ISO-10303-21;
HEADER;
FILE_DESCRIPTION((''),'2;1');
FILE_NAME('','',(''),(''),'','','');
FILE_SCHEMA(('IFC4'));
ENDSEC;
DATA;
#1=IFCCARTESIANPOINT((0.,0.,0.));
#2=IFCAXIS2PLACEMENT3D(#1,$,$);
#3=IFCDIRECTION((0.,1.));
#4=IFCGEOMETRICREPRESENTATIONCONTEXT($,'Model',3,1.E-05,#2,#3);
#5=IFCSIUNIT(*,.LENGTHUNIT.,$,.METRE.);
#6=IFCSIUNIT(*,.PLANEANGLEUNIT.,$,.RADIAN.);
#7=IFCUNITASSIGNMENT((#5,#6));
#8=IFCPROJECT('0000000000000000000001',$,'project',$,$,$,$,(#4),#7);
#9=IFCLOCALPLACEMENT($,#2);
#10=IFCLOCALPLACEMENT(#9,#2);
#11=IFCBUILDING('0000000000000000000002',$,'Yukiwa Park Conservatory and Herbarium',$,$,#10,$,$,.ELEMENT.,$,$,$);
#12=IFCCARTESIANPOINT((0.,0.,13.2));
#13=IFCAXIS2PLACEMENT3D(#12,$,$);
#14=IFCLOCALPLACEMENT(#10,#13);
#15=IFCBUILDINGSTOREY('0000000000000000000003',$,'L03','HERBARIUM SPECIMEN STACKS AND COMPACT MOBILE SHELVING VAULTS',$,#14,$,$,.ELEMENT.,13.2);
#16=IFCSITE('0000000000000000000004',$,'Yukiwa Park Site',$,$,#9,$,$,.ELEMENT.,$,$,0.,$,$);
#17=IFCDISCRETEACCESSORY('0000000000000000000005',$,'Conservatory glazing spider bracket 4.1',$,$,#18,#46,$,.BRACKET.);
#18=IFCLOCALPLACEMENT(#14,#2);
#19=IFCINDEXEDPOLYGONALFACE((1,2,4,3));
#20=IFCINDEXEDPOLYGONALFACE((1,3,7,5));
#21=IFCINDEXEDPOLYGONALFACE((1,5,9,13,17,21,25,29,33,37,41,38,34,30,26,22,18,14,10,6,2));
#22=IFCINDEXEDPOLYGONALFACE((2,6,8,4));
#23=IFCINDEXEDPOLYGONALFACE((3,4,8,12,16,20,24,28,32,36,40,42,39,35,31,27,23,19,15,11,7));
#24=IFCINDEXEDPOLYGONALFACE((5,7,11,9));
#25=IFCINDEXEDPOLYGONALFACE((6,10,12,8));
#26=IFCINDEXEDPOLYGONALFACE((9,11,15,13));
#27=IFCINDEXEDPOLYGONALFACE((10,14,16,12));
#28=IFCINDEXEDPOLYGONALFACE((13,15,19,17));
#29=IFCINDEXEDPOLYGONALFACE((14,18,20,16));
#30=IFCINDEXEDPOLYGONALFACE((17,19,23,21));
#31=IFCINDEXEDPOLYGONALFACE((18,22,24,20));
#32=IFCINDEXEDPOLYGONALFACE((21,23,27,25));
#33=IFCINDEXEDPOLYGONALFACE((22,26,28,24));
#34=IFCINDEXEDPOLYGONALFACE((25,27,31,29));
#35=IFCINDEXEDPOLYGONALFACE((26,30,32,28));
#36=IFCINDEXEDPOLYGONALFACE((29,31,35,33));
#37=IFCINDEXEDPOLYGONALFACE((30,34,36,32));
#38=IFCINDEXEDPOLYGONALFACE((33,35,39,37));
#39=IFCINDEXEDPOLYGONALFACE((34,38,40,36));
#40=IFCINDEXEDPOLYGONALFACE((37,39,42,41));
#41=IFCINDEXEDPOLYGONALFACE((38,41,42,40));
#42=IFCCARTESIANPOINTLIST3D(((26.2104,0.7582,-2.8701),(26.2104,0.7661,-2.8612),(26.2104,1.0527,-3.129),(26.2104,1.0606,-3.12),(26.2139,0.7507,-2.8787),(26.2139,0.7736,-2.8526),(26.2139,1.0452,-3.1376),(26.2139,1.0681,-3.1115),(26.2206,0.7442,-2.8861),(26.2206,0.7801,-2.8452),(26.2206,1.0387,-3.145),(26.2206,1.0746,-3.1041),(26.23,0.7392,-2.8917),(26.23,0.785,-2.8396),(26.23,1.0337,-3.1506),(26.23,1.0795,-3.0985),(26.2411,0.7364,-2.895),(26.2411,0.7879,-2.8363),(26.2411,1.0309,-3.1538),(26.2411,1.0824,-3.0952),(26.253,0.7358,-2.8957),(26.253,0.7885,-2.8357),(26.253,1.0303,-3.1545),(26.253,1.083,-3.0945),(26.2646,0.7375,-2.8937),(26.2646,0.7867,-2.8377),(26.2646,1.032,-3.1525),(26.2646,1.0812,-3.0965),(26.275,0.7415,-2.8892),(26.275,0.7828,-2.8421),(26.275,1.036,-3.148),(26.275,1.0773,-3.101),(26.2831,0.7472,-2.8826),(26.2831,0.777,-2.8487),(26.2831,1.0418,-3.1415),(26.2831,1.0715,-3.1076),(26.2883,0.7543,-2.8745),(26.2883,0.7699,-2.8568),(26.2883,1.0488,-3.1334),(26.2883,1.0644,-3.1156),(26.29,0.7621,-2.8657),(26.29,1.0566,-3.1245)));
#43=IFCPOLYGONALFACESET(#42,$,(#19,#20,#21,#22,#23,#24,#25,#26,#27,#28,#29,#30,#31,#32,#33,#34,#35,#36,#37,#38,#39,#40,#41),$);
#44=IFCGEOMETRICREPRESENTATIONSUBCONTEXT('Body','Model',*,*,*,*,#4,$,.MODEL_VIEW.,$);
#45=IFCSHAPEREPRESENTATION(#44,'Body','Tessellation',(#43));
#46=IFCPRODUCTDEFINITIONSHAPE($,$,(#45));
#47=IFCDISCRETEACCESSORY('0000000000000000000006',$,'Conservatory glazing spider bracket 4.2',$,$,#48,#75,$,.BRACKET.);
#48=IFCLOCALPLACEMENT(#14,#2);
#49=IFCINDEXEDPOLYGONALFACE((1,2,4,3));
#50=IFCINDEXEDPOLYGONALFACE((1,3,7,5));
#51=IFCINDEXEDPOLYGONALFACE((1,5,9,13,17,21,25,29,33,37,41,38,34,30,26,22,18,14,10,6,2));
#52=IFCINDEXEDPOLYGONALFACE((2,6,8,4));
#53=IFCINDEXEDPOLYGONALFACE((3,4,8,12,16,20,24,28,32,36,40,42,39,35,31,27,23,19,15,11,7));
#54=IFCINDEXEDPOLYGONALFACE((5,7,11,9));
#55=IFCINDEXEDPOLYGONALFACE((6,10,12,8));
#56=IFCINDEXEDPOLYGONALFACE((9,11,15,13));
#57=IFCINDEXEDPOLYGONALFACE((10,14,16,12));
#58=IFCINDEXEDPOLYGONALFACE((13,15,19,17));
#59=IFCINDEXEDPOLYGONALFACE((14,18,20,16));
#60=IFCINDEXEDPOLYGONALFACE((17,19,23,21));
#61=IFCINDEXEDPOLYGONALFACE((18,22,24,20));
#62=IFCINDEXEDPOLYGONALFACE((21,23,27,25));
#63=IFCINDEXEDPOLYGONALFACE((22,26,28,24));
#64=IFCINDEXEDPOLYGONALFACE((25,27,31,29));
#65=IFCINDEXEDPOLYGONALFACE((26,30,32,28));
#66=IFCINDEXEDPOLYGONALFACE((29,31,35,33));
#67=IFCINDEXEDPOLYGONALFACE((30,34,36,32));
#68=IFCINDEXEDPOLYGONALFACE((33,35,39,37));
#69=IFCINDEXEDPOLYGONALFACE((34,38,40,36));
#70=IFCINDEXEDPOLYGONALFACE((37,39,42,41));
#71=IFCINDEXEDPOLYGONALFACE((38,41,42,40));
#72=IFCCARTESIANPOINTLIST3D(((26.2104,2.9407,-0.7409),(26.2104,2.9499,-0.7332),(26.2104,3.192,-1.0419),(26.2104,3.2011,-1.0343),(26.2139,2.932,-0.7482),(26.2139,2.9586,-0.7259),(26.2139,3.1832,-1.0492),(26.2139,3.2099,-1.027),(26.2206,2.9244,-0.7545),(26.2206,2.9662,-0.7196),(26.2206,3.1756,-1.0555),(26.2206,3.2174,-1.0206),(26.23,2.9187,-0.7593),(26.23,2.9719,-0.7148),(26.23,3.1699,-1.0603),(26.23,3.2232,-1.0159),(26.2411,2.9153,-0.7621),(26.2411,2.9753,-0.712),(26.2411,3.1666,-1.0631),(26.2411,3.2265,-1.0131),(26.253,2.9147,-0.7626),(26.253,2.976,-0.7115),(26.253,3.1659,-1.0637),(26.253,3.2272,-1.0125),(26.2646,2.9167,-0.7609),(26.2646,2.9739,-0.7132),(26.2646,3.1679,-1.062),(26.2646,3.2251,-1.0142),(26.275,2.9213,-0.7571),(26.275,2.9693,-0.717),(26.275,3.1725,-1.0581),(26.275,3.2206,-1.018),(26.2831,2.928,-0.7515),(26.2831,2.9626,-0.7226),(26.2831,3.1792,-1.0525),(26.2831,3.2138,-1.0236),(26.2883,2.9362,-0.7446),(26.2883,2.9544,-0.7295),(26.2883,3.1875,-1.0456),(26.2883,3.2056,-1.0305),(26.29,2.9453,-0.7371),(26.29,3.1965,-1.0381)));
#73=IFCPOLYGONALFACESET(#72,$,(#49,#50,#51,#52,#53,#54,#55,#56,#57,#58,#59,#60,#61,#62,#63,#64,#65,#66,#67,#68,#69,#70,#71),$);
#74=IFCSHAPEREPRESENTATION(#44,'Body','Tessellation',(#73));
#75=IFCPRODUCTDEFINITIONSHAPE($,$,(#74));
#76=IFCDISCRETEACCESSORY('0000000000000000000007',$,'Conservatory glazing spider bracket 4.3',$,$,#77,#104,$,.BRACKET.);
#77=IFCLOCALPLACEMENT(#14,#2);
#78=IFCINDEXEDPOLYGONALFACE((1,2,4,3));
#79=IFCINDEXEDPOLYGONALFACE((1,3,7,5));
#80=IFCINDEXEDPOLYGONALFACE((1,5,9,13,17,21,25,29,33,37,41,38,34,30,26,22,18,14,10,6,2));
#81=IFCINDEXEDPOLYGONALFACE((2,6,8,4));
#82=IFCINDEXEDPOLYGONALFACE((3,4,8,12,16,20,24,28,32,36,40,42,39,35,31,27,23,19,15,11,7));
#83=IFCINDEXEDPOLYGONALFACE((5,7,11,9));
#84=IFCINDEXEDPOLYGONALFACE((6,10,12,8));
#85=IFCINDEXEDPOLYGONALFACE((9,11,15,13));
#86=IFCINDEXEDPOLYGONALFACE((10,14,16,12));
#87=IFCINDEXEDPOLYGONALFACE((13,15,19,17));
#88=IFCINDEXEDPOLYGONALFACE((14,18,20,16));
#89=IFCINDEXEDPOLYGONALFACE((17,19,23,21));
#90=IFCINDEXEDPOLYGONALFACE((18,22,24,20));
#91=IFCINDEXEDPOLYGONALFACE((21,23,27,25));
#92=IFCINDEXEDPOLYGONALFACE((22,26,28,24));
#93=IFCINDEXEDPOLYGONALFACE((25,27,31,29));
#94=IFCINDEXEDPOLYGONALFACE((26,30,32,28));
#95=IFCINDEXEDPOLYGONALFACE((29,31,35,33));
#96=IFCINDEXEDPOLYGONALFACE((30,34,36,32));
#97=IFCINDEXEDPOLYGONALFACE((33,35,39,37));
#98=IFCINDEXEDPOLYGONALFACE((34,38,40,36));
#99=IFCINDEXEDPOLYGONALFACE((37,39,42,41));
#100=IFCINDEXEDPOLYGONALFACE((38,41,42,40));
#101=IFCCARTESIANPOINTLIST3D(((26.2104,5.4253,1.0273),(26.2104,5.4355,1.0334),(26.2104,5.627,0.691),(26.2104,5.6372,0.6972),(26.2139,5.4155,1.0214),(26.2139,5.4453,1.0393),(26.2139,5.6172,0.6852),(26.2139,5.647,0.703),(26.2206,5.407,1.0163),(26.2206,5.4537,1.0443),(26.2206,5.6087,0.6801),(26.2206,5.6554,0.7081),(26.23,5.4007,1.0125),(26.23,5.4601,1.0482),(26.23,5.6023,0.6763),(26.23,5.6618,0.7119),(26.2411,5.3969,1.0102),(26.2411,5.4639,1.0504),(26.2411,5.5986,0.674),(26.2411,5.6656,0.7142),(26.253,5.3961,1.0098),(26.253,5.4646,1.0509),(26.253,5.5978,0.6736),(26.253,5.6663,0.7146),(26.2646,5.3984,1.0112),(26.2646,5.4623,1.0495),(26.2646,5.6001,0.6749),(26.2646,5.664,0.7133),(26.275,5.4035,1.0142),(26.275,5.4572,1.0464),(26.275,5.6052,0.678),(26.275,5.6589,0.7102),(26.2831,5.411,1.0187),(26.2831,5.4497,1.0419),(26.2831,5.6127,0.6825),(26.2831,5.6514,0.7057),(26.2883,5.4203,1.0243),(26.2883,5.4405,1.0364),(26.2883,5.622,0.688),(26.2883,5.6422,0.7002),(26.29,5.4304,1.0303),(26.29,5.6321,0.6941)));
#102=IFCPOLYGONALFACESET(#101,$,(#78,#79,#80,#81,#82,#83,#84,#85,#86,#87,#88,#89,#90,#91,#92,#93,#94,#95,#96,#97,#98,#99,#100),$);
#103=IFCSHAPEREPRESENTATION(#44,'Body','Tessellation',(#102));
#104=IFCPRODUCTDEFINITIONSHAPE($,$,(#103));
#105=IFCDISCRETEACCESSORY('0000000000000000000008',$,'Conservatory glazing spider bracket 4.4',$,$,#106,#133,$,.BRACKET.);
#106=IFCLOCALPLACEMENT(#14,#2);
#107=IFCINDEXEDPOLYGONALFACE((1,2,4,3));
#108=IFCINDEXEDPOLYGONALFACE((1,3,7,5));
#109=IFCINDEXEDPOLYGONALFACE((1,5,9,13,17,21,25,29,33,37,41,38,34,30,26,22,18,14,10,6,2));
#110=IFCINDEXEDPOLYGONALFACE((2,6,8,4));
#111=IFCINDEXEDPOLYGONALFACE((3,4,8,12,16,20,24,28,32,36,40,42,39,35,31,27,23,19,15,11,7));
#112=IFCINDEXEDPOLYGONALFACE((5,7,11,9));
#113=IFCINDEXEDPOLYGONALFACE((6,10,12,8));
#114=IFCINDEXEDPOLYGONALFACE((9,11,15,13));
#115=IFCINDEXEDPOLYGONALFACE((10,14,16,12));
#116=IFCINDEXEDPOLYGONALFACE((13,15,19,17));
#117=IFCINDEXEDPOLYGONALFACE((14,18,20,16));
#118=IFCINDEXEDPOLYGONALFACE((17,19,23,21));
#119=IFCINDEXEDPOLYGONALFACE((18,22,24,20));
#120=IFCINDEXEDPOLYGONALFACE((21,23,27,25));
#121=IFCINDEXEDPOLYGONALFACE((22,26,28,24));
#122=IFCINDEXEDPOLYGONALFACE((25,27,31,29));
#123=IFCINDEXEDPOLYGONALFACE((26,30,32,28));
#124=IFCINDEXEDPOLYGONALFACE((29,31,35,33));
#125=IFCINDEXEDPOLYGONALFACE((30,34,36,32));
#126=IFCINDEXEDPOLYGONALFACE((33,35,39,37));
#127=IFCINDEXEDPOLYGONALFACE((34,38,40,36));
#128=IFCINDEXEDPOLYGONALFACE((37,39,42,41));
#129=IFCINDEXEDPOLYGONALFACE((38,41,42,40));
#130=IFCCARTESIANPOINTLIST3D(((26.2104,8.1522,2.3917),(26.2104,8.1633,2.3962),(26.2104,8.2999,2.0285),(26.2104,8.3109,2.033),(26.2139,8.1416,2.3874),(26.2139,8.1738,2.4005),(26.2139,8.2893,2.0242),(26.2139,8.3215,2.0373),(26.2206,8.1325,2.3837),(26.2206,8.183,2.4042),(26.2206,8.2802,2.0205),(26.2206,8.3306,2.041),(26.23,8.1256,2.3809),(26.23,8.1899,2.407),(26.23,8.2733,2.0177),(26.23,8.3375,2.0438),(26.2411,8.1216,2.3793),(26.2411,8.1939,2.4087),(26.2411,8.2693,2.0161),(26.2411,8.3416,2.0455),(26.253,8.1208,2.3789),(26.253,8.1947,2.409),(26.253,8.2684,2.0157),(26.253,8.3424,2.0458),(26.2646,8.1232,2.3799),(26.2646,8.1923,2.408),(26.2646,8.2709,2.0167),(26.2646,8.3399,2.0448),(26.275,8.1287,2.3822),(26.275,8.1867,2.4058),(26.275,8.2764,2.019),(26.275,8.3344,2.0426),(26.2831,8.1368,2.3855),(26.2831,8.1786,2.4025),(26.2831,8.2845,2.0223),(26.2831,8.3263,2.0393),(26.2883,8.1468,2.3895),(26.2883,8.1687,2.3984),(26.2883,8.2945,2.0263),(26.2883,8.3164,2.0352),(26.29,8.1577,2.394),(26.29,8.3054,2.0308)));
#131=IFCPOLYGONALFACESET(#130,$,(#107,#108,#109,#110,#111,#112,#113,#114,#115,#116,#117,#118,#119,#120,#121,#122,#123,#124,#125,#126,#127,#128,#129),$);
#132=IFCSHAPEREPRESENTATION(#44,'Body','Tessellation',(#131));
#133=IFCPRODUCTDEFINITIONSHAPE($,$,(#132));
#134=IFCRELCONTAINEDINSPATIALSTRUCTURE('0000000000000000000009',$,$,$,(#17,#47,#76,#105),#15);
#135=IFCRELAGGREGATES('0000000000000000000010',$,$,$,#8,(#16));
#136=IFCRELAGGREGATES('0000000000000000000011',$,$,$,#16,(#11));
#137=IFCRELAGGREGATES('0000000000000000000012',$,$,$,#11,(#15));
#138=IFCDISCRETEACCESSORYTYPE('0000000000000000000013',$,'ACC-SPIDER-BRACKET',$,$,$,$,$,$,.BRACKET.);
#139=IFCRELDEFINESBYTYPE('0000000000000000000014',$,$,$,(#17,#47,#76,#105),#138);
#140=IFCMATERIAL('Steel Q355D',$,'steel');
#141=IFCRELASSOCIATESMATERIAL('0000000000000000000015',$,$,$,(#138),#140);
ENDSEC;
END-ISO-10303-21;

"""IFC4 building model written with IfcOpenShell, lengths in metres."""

from ifc_helpers import new_model, si_unit, direction, frame, origin, origin_2d, place, context, subcontext, project, spatial, circle, extrude, material, type_object, element, save


model = new_model("IFC4")

# Units and contexts
model_context = context("Model", 3, precision=1e-05, world=origin(), true_north=direction((0.0, 1.0)))
body_context = subcontext(model_context, "Body", "Model", "MODEL_VIEW")
ifc_project = project(units=[si_unit("LENGTHUNIT", "METRE"), si_unit("PLANEANGLEUNIT", "RADIAN")], contexts=[model_context])

# Site, building, storey
site_placement = place(None, origin())
site = spatial("IfcSite", under=ifc_project, at=site_placement, Name="Yukiwa Park Site", CompositionType="ELEMENT", RefElevation=0.0)
building_placement = place(site_placement, origin())
building = spatial("IfcBuilding", under=site, at=building_placement, Name="Yukiwa Park Conservatory and Herbarium", CompositionType="ELEMENT")
storey_placement = place(building_placement, frame((0.0, 0.0, 13.2)))
storey = spatial("IfcBuildingStorey", under=building, at=storey_placement, Name="L03", Description="HERBARIUM SPECIMEN STACKS AND COMPACT MOBILE SHELVING VAULTS", CompositionType="ELEMENT", Elevation=13.2)

# Discrete accessories
ifc_material_1 = material(Name="Steel Q355D", Category="steel")
discrete_accessory_type = type_object("IfcDiscreteAccessoryType", Name="ACC-SPIDER-BRACKET", PredefinedType="BRACKET", material=ifc_material_1)
for number, where, z_axis, x_axis, name in (
    (1, (26.25, 1.0566, -3.1245), (0.0, -0.751109, 0.660178), (1.0, 0.0, 0.0), "Conservatory glazing spider bracket 4.1"),
    (2, (26.25, 3.1965, -1.0381), (0.0, -0.640735, 0.767762), (1.0, 0.0, 0.0), "Conservatory glazing spider bracket 4.2"),
    (3, (26.25, 5.6321, 0.6941), (0.0, -0.514404, 0.857548), (1.0, 0.0, 0.0), "Conservatory glazing spider bracket 4.3"),
    (4, (26.25, 8.3054, 2.0308), (0.0, -0.376644, 0.926358), (1.0, 0.0, 0.0), "Conservatory glazing spider bracket 4.4"),
):
    element("IfcDiscreteAccessory", number, at=place(storey_placement, frame(where, z_axis=z_axis, x_axis=x_axis)), inside=storey, type_object=discrete_accessory_type, Name=name, PredefinedType="BRACKET", context=body_context, shape_type="SweptSolid", body=[
        extrude(circle(Radius=0.04, at=origin_2d()), origin(), (0.0, 0.0, 1.0), 0.3921),
    ])

save(model, "model.ifc")
